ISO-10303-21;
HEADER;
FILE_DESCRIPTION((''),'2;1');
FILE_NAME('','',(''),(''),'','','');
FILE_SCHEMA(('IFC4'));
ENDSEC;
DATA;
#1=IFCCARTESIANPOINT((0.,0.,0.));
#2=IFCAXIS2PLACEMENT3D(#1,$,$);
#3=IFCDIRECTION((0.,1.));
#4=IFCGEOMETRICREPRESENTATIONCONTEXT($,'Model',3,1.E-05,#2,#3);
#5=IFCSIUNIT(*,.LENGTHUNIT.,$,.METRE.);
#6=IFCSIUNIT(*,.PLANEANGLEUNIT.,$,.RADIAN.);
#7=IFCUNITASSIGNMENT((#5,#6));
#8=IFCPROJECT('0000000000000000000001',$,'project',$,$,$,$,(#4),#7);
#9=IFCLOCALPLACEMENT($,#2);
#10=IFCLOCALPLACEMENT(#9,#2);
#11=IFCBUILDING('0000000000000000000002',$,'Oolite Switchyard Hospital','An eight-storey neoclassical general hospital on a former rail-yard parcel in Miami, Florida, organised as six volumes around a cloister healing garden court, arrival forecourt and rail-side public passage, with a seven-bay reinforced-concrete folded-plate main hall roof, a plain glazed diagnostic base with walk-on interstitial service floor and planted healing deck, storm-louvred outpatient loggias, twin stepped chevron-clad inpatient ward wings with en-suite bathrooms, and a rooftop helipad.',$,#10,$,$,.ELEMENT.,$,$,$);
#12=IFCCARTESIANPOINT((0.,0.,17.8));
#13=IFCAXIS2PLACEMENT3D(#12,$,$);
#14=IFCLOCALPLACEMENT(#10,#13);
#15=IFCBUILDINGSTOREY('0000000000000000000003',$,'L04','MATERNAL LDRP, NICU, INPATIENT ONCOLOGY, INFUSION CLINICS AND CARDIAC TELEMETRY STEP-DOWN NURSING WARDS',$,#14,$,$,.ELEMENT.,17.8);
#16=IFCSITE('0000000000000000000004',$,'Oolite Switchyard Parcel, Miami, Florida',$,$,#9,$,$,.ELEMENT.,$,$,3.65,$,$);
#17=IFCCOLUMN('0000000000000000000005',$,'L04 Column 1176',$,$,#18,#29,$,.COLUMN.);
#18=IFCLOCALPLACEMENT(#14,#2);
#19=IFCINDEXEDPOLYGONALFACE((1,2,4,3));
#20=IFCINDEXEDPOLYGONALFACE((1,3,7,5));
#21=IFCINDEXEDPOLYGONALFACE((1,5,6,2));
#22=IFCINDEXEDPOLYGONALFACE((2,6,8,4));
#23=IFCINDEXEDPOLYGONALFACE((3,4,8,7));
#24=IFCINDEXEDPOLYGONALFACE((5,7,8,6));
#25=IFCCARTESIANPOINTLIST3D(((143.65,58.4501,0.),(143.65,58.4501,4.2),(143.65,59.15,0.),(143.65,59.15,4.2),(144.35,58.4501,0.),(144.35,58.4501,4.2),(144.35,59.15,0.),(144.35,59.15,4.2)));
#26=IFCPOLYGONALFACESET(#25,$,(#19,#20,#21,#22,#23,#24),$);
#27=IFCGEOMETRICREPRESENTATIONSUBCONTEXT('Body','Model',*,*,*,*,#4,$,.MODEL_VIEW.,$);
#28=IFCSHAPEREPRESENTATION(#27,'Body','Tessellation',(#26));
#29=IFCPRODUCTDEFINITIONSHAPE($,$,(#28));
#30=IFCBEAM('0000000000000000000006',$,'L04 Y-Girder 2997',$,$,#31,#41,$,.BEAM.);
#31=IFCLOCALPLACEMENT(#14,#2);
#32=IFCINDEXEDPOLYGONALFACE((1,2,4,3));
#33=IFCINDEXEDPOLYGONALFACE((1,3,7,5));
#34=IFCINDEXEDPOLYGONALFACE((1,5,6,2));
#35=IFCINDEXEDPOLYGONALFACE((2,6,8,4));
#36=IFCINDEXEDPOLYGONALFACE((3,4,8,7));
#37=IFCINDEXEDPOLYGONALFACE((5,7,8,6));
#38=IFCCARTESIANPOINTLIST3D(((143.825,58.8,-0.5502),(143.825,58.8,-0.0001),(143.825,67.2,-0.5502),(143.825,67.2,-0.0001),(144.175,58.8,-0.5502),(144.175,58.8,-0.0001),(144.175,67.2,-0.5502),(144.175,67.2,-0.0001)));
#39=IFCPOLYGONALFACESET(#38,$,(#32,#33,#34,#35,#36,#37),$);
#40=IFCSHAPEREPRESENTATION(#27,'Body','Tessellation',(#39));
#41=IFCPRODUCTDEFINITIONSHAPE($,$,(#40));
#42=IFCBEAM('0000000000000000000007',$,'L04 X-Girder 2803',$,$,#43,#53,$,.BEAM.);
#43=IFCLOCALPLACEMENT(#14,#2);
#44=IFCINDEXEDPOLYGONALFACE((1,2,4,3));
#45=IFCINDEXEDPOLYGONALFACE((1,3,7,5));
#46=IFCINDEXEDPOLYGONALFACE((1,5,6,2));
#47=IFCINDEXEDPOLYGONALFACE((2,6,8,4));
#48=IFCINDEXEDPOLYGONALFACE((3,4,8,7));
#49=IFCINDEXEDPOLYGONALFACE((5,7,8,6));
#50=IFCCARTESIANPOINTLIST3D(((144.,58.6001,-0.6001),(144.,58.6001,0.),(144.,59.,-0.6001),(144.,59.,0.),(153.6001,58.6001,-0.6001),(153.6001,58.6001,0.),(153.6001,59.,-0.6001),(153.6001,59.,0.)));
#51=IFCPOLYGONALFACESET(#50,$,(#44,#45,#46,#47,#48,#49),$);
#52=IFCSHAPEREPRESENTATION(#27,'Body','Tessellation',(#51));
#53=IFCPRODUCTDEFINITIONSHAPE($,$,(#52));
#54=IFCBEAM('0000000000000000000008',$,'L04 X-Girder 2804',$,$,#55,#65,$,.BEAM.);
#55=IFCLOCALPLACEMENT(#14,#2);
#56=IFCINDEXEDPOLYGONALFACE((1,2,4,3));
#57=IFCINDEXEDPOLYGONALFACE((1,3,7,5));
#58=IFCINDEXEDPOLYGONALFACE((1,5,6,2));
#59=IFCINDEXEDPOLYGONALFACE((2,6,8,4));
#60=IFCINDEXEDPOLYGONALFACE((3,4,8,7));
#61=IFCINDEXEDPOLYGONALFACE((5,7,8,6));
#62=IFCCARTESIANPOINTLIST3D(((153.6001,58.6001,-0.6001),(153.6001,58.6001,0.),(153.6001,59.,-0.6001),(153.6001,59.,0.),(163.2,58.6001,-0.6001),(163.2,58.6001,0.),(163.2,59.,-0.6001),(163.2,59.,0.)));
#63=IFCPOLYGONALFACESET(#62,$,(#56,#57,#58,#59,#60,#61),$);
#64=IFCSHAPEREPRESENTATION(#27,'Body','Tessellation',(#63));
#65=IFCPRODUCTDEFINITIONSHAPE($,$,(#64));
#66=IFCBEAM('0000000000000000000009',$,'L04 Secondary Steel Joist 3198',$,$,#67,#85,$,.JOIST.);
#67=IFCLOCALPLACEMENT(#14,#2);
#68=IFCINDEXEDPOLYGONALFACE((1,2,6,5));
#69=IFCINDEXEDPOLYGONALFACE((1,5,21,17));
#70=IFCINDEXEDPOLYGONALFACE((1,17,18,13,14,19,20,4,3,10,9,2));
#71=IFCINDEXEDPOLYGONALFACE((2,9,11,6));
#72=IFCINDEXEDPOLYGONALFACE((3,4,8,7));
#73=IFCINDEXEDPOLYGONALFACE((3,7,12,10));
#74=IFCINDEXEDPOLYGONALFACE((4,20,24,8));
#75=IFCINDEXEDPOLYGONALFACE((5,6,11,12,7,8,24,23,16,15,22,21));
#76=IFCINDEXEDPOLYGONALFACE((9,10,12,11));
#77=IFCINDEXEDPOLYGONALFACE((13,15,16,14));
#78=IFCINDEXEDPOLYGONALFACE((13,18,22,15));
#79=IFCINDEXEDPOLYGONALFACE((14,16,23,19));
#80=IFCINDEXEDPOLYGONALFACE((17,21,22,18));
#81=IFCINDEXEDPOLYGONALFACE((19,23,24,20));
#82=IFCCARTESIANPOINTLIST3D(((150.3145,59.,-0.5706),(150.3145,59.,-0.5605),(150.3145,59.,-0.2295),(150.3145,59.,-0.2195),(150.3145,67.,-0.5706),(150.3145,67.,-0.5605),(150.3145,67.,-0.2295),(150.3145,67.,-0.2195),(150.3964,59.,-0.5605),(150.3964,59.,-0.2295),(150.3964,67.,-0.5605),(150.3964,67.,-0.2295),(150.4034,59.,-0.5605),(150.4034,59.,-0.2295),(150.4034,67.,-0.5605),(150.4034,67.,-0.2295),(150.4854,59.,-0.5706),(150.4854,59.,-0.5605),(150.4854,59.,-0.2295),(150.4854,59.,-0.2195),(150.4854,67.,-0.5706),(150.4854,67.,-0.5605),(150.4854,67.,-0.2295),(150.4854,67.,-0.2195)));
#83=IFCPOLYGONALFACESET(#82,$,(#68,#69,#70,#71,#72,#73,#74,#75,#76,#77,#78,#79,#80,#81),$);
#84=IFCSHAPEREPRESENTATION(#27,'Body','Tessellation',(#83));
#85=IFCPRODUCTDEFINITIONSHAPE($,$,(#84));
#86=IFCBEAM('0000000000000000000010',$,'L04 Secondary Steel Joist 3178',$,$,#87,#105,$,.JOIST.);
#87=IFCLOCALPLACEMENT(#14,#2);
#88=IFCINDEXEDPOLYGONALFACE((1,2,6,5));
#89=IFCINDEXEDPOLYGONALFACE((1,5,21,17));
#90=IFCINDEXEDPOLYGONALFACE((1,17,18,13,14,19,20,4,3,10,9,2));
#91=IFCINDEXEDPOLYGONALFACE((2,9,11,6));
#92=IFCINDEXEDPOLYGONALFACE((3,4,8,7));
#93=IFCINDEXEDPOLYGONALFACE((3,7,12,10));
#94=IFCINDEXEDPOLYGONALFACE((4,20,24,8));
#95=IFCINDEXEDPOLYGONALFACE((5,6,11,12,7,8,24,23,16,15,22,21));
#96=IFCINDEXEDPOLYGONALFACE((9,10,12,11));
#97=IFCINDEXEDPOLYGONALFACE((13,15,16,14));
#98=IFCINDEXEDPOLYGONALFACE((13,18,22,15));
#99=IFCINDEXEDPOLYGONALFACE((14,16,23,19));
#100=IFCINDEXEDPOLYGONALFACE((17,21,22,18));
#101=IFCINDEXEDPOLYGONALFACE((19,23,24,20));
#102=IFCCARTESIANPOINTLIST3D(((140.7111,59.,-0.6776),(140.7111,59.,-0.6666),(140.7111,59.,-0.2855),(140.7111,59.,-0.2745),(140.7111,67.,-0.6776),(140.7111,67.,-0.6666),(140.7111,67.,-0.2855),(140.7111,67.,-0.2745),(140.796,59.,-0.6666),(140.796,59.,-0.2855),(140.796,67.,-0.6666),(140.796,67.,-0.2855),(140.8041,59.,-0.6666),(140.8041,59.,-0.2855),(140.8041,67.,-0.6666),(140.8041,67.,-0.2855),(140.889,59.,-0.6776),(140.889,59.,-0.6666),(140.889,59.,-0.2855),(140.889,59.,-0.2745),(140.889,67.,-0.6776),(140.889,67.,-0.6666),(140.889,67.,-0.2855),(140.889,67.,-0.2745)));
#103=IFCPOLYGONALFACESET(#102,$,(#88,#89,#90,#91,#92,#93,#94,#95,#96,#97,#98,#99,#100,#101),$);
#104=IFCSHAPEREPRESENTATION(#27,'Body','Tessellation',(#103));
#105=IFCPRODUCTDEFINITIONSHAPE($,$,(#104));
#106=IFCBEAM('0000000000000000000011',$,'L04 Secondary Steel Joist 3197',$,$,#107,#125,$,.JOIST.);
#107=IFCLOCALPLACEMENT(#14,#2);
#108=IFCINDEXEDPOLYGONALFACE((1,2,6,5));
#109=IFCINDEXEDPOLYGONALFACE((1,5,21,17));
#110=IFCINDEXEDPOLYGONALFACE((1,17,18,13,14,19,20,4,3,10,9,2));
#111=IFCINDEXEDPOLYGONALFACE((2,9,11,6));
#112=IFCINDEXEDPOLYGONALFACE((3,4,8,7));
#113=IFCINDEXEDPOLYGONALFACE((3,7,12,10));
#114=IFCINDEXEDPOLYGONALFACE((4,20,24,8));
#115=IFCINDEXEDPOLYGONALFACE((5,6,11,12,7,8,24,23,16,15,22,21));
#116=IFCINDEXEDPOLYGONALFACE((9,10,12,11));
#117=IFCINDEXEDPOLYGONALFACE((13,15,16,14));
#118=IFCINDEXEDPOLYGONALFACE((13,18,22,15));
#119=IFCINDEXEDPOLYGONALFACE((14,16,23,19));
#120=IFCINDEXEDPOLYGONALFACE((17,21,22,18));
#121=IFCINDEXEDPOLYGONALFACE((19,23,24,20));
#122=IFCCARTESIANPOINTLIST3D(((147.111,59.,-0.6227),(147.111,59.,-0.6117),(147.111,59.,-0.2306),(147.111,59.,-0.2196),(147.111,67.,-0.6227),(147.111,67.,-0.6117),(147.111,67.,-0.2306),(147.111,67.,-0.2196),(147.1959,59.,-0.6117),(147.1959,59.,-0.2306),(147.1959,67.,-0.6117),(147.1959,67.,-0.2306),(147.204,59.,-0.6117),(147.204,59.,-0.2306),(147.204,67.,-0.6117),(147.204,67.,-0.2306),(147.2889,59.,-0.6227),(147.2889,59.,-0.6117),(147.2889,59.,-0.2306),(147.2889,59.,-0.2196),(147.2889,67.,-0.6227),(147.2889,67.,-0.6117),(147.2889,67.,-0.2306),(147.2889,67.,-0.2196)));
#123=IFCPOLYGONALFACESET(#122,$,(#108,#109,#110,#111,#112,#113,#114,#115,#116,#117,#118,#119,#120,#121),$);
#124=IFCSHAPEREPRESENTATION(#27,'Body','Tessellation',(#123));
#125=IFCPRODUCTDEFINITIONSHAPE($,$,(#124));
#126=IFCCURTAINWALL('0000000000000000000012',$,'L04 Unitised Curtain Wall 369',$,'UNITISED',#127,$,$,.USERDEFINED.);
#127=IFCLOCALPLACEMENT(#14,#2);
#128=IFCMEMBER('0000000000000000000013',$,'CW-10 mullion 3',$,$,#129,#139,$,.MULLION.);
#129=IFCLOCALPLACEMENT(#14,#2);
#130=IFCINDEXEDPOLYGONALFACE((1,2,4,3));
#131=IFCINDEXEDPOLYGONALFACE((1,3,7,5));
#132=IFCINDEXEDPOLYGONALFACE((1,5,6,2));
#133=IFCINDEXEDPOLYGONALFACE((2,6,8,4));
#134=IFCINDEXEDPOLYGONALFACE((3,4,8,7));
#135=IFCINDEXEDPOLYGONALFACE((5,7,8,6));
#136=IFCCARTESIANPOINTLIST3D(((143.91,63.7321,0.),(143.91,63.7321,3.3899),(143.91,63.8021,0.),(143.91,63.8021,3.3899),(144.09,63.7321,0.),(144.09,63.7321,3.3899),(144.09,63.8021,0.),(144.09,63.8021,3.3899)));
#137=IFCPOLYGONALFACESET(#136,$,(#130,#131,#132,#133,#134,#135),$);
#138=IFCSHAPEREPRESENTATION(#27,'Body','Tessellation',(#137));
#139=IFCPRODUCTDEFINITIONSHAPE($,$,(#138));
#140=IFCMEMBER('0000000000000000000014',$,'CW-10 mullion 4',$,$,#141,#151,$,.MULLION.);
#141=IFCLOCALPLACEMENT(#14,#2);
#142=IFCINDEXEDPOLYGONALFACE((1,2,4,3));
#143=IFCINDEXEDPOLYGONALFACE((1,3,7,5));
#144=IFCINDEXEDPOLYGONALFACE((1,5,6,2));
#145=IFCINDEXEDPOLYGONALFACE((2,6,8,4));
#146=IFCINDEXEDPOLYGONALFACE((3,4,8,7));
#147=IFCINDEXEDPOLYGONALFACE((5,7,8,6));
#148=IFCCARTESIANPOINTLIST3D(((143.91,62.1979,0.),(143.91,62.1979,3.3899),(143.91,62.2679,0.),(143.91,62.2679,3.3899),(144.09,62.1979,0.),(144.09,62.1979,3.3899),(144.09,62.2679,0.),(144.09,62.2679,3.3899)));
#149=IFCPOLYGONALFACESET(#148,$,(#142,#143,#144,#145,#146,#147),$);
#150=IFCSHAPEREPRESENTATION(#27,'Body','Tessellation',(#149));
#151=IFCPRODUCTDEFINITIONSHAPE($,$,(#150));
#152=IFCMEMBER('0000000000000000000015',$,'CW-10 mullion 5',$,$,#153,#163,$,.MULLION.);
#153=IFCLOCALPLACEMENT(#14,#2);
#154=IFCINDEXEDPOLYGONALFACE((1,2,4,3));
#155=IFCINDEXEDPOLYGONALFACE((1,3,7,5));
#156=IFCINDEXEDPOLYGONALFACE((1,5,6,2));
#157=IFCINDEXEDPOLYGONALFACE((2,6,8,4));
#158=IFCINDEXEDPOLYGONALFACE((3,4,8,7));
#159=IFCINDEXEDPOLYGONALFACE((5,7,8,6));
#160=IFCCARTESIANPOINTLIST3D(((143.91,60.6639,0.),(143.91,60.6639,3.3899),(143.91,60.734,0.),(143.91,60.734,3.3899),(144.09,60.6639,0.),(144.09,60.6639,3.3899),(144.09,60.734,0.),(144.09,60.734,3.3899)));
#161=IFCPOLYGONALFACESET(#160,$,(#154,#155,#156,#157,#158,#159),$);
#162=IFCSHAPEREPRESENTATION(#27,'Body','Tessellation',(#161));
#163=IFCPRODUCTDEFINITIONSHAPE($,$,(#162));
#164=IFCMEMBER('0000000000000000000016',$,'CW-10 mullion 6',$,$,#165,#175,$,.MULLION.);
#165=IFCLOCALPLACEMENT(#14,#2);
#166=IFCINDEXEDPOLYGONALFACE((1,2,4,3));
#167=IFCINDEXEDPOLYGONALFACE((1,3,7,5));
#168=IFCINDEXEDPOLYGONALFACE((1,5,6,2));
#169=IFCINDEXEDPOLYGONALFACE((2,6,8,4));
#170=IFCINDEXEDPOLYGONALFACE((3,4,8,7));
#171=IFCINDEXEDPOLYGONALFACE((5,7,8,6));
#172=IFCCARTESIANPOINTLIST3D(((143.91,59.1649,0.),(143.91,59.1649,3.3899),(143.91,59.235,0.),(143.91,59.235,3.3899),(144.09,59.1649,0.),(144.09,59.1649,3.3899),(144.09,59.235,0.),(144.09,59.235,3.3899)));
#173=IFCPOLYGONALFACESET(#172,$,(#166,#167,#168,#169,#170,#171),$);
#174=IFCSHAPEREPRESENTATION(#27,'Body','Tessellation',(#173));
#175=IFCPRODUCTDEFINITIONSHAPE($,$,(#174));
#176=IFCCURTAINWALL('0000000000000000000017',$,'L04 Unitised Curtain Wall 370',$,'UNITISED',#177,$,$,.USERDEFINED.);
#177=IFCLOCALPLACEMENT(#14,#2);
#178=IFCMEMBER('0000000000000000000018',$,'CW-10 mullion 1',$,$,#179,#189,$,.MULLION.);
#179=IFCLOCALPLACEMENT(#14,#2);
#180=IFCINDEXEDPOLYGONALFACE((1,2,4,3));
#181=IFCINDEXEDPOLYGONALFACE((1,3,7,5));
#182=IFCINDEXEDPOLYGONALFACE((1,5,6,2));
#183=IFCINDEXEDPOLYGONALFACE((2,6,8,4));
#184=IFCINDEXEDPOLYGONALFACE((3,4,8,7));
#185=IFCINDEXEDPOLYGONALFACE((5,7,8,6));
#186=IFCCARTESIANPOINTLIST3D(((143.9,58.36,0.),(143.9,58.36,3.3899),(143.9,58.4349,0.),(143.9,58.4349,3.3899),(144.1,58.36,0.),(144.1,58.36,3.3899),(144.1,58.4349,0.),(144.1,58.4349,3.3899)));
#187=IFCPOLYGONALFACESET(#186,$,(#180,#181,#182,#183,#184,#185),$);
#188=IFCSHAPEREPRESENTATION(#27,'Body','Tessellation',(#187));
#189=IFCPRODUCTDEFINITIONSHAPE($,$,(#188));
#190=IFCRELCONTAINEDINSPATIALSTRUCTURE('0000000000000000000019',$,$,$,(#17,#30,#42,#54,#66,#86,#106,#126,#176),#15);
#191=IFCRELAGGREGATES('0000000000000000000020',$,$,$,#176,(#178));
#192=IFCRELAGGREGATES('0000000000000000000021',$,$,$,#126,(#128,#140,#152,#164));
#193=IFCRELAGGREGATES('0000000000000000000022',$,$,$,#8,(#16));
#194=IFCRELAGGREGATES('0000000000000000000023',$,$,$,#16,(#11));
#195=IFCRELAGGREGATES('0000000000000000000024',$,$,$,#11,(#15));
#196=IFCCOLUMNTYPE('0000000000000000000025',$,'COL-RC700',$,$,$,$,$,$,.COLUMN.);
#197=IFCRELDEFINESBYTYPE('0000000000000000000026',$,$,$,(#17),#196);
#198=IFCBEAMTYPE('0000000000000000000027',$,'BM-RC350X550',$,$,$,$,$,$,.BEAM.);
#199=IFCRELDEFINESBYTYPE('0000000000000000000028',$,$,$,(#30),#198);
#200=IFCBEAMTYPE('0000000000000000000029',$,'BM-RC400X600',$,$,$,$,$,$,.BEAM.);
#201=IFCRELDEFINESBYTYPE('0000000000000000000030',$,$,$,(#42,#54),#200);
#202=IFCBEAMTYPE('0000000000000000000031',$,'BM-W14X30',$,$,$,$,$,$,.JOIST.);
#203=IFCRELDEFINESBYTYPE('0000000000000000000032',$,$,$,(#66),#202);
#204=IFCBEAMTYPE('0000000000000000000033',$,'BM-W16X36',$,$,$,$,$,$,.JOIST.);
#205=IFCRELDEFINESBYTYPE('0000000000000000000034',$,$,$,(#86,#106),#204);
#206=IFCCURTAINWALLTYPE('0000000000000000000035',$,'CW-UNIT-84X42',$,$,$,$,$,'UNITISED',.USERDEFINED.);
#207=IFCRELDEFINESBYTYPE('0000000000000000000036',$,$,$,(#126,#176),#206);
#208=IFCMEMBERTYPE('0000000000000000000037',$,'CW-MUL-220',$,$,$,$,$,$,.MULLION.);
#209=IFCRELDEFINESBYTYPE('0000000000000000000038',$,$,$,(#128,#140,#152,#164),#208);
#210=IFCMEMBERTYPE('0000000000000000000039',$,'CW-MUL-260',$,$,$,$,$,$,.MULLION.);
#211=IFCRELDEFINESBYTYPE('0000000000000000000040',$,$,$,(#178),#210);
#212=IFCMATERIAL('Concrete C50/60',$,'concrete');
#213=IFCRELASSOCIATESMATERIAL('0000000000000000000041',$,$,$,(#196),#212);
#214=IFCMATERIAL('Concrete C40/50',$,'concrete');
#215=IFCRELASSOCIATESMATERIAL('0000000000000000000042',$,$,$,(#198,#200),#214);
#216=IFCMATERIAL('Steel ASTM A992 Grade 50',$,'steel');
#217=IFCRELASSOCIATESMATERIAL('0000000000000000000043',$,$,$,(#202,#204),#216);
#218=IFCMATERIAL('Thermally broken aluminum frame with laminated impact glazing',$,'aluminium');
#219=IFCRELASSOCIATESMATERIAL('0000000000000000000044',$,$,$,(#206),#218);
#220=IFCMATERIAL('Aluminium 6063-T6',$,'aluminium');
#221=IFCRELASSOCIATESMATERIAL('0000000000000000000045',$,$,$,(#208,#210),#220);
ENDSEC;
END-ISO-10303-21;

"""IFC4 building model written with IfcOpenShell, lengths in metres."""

from ifc_helpers import new_model, si_unit, direction, frame, origin, origin_2d, place, context, subcontext, project, spatial, rectangle, i_section, extrude, material, material_profile, profile_set, type_object, element, aggregate, save


model = new_model("IFC4")

# Units and contexts
model_context = context("Model", 3, precision=1e-05, world=origin(), true_north=direction((0.0, 1.0)))
body_context = subcontext(model_context, "Body", "Model", "MODEL_VIEW")
ifc_project = project(units=[si_unit("LENGTHUNIT", "METRE"), si_unit("PLANEANGLEUNIT", "RADIAN")], contexts=[model_context])

# Site, building, storey
site_placement = place(None, origin())
site = spatial("IfcSite", under=ifc_project, at=site_placement, Name="Oolite Switchyard Parcel, Miami, Florida", CompositionType="ELEMENT", RefElevation=3.65)
building_placement = place(site_placement, origin())
building = spatial("IfcBuilding", under=site, at=building_placement, Name="Oolite Switchyard Hospital", Description="An eight-storey neoclassical general hospital on a former rail-yard parcel in Miami, Florida, organised as six volumes around a cloister healing garden court, arrival forecourt and rail-side public passage, with a seven-bay reinforced-concrete folded-plate main hall roof, a plain glazed diagnostic base with walk-on interstitial service floor and planted healing deck, storm-louvred outpatient loggias, twin stepped chevron-clad inpatient ward wings with en-suite bathrooms, and a rooftop helipad.", CompositionType="ELEMENT")
storey_placement = place(building_placement, frame((0.0, 0.0, 17.8)))
storey = spatial("IfcBuildingStorey", under=building, at=storey_placement, Name="L04", Description="MATERNAL LDRP, NICU, INPATIENT ONCOLOGY, INFUSION CLINICS AND CARDIAC TELEMETRY STEP-DOWN NURSING WARDS", CompositionType="ELEMENT", Elevation=17.8)

# Column
ifc_material_1 = material(Name="Concrete C50/60", Category="concrete")
ifc_material_profile_1 = material_profile(ifc_material_1, rectangle(XDim=0.7, YDim=0.7, at=origin_2d()), Name="RC700X700")
ifc_profile_set_1 = profile_set([ifc_material_profile_1], Name="Concrete C50/60")
column_type = type_object("IfcColumnType", Name="COL-RC700", PredefinedType="COLUMN", material=ifc_profile_set_1)
column_placement = place(storey_placement, frame((144.0, 58.8, 0.0), z_axis=(0.0, 0.0, 1.0), x_axis=(1.0, 0.0, 0.0)))
element("IfcColumn", 1, at=column_placement, inside=storey, type_object=column_type, Name="L04 Column 1176", PredefinedType="COLUMN", context=body_context, shape_type="SweptSolid", body=[
    extrude(rectangle(XDim=0.7, YDim=0.7, at=origin_2d()), origin(), (0.0, 0.0, 1.0), 4.2),
])

# Beams
ifc_material_2 = material(Name="Concrete C40/50", Category="concrete")
ifc_material_profile_2 = material_profile(ifc_material_2, rectangle(XDim=0.3501, YDim=0.55, at=origin_2d()), Name="RCB350X550")
ifc_profile_set_2 = profile_set([ifc_material_profile_2], Name="Concrete C40/50")
beam_type_1 = type_object("IfcBeamType", Name="BM-RC350X550", PredefinedType="BEAM", material=ifc_profile_set_2)
beam_1_placement = place(storey_placement, frame((144.0, 58.8, -0.2751), z_axis=(0.0, 1.0, 0.0), x_axis=(-1.0, 0.0, 0.0)))
element("IfcBeam", 2, at=beam_1_placement, inside=storey, type_object=beam_type_1, Name="L04 Y-Girder 2997", PredefinedType="BEAM", context=body_context, shape_type="SweptSolid", body=[
    extrude(rectangle(XDim=0.3501, YDim=0.55, at=origin_2d()), origin(), (0.0, 0.0, 1.0), 8.3999),
])
ifc_material_profile_3 = material_profile(ifc_material_2, rectangle(XDim=0.3999, YDim=0.6001, at=origin_2d()), Name="RCB400X600")
ifc_profile_set_3 = profile_set([ifc_material_profile_3], Name="Concrete C40/50")
beam_type_2 = type_object("IfcBeamType", Name="BM-RC400X600", PredefinedType="BEAM", material=ifc_profile_set_3)
beam_2_placement = place(storey_placement, frame((144.0, 58.8, -0.3), z_axis=(1.0, 0.0, 0.0), x_axis=(0.0, 1.0, 0.0)))
element("IfcBeam", 3, at=beam_2_placement, inside=storey, type_object=beam_type_2, Name="L04 X-Girder 2803", PredefinedType="BEAM", context=body_context, shape_type="SweptSolid", body=[
    extrude(rectangle(XDim=0.3999, YDim=0.6001, at=origin_2d()), origin(), (0.0, 0.0, 1.0), 9.6001),
])
beam_3_placement = place(storey_placement, frame((153.6001, 58.8, -0.3), z_axis=(1.0, 0.0, 0.0), x_axis=(0.0, 1.0, 0.0)))
element("IfcBeam", 4, at=beam_3_placement, inside=storey, type_object=beam_type_2, Name="L04 X-Girder 2804", PredefinedType="BEAM", context=body_context, shape_type="SweptSolid", body=[
    extrude(rectangle(XDim=0.3999, YDim=0.6001, at=origin_2d()), origin(), (0.0, 0.0, 1.0), 9.5999),
])
ifc_material_3 = material(Name="Steel ASTM A992 Grade 50", Category="steel")
ifc_material_profile_4 = material_profile(ifc_material_3, i_section(OverallWidth=0.1709, OverallDepth=0.3511, WebThickness=0.0071, FlangeThickness=0.01, at=origin_2d()), Name="W14X30")
ifc_profile_set_4 = profile_set([ifc_material_profile_4], Name="Steel ASTM A992 Grade 50")
beam_type_3 = type_object("IfcBeamType", Name="BM-W14X30", PredefinedType="JOIST", material=ifc_profile_set_4)
beam_4_placement = place(storey_placement, frame((150.3999, 59.0, -0.395), z_axis=(0.0, 1.0, 0.0), x_axis=(-1.0, 0.0, 0.0)))
element("IfcBeam", 5, at=beam_4_placement, inside=storey, type_object=beam_type_3, Name="L04 Secondary Steel Joist 3198", PredefinedType="JOIST", context=body_context, shape_type="SweptSolid", body=[
    extrude(i_section(OverallWidth=0.1709, OverallDepth=0.3511, WebThickness=0.0071, FlangeThickness=0.01, at=origin_2d()), origin(), (0.0, 0.0, 1.0), 8.0),
])
ifc_material_profile_5 = material_profile(ifc_material_3, i_section(OverallWidth=0.178, OverallDepth=0.4031, WebThickness=0.0081, FlangeThickness=0.011, at=origin_2d()), Name="W16X36")
ifc_profile_set_5 = profile_set([ifc_material_profile_5], Name="Steel ASTM A992 Grade 50")
beam_type_4 = type_object("IfcBeamType", Name="BM-W16X36", PredefinedType="JOIST", material=ifc_profile_set_5)
for number, where, z_axis, x_axis, name in (
    (6, (140.8, 59.0, -0.4761), (0.0, 1.0, 0.0), (-1.0, 0.0, 0.0), "L04 Secondary Steel Joist 3178"),
    (7, (147.2, 59.0, -0.4211), (0.0, 1.0, 0.0), (-1.0, 0.0, 0.0), "L04 Secondary Steel Joist 3197"),
):
    element("IfcBeam", number, at=place(storey_placement, frame(where, z_axis=z_axis, x_axis=x_axis)), inside=storey, type_object=beam_type_4, Name=name, PredefinedType="JOIST", context=body_context, shape_type="SweptSolid", body=[
        extrude(i_section(OverallWidth=0.178, OverallDepth=0.4031, WebThickness=0.0081, FlangeThickness=0.011, at=origin_2d()), origin(), (0.0, 0.0, 1.0), 8.0),
    ])

# Curtain walls, members
ifc_material_4 = material(Name="Thermally broken aluminum frame with laminated impact glazing", Category="aluminium")
curtain_wall_type = type_object("IfcCurtainWallType", Name="CW-UNIT-84X42", ElementType="UNITISED", PredefinedType="USERDEFINED", material=ifc_material_4)
curtain_wall_1_placement = place(storey_placement, origin())
curtain_wall_1 = element("IfcCurtainWall", 8, at=curtain_wall_1_placement, inside=storey, type_object=curtain_wall_type, Name="L04 Unitised Curtain Wall 369", ObjectType="UNITISED", PredefinedType="USERDEFINED")
ifc_material_5 = material(Name="Aluminium 6063-T6", Category="aluminium")
ifc_material_profile_6 = material_profile(ifc_material_5, rectangle(XDim=0.1799, YDim=0.0701, at=origin_2d()), Name="CWM70X180")
ifc_profile_set_6 = profile_set([ifc_material_profile_6], Name="Aluminium 6063-T6")
member_type_1 = type_object("IfcMemberType", Name="CW-MUL-220", PredefinedType="MULLION", material=ifc_profile_set_6)
member_1_placement = place(storey_placement, frame((144.0, 63.7671, 0.0), z_axis=(0.0, 0.0, 1.0), x_axis=(1.0, 0.0, 0.0)))
member_1 = element("IfcMember", 9, at=member_1_placement, type_object=member_type_1, Name="CW-10 mullion 3", PredefinedType="MULLION", context=body_context, shape_type="SweptSolid", body=[
    extrude(rectangle(XDim=0.1799, YDim=0.0701, at=origin_2d()), origin(), (0.0, 0.0, 1.0), 3.3899),
])
member_2_placement = place(storey_placement, frame((144.0, 62.2329, 0.0), z_axis=(0.0, 0.0, 1.0), x_axis=(1.0, 0.0, 0.0)))
member_2 = element("IfcMember", 10, at=member_2_placement, type_object=member_type_1, Name="CW-10 mullion 4", PredefinedType="MULLION", context=body_context, shape_type="SweptSolid", body=[
    extrude(rectangle(XDim=0.1799, YDim=0.0701, at=origin_2d()), origin(), (0.0, 0.0, 1.0), 3.3899),
])
member_3_placement = place(storey_placement, frame((144.0, 60.699, 0.0), z_axis=(0.0, 0.0, 1.0), x_axis=(1.0, 0.0, 0.0)))
member_3 = element("IfcMember", 11, at=member_3_placement, type_object=member_type_1, Name="CW-10 mullion 5", PredefinedType="MULLION", context=body_context, shape_type="SweptSolid", body=[
    extrude(rectangle(XDim=0.1799, YDim=0.0701, at=origin_2d()), origin(), (0.0, 0.0, 1.0), 3.3899),
])
member_4_placement = place(storey_placement, frame((144.0, 59.2, 0.0), z_axis=(0.0, 0.0, 1.0), x_axis=(1.0, 0.0, 0.0)))
member_4 = element("IfcMember", 12, at=member_4_placement, type_object=member_type_1, Name="CW-10 mullion 6", PredefinedType="MULLION", context=body_context, shape_type="SweptSolid", body=[
    extrude(rectangle(XDim=0.1799, YDim=0.0701, at=origin_2d()), origin(), (0.0, 0.0, 1.0), 3.3899),
])
curtain_wall_2_placement = place(storey_placement, origin())
curtain_wall_2 = element("IfcCurtainWall", 13, at=curtain_wall_2_placement, inside=storey, type_object=curtain_wall_type, Name="L04 Unitised Curtain Wall 370", ObjectType="UNITISED", PredefinedType="USERDEFINED")
ifc_material_profile_7 = material_profile(ifc_material_5, rectangle(XDim=0.2, YDim=0.075, at=origin_2d()), Name="CWM75X200")
ifc_profile_set_7 = profile_set([ifc_material_profile_7], Name="Aluminium 6063-T6")
member_type_2 = type_object("IfcMemberType", Name="CW-MUL-260", PredefinedType="MULLION", material=ifc_profile_set_7)
member_5_placement = place(storey_placement, frame((144.0, 58.3975, 0.0), z_axis=(0.0, 0.0, 1.0), x_axis=(1.0, 0.0, 0.0)))
member_5 = element("IfcMember", 14, at=member_5_placement, type_object=member_type_2, Name="CW-10 mullion 1", PredefinedType="MULLION", context=body_context, shape_type="SweptSolid", body=[
    extrude(rectangle(XDim=0.2, YDim=0.075, at=origin_2d()), origin(), (0.0, 0.0, 1.0), 3.3899),
])
aggregate(curtain_wall_2, [member_5])

aggregate(curtain_wall_1, [member_1, member_2, member_3, member_4])

save(model, "model.ifc")
